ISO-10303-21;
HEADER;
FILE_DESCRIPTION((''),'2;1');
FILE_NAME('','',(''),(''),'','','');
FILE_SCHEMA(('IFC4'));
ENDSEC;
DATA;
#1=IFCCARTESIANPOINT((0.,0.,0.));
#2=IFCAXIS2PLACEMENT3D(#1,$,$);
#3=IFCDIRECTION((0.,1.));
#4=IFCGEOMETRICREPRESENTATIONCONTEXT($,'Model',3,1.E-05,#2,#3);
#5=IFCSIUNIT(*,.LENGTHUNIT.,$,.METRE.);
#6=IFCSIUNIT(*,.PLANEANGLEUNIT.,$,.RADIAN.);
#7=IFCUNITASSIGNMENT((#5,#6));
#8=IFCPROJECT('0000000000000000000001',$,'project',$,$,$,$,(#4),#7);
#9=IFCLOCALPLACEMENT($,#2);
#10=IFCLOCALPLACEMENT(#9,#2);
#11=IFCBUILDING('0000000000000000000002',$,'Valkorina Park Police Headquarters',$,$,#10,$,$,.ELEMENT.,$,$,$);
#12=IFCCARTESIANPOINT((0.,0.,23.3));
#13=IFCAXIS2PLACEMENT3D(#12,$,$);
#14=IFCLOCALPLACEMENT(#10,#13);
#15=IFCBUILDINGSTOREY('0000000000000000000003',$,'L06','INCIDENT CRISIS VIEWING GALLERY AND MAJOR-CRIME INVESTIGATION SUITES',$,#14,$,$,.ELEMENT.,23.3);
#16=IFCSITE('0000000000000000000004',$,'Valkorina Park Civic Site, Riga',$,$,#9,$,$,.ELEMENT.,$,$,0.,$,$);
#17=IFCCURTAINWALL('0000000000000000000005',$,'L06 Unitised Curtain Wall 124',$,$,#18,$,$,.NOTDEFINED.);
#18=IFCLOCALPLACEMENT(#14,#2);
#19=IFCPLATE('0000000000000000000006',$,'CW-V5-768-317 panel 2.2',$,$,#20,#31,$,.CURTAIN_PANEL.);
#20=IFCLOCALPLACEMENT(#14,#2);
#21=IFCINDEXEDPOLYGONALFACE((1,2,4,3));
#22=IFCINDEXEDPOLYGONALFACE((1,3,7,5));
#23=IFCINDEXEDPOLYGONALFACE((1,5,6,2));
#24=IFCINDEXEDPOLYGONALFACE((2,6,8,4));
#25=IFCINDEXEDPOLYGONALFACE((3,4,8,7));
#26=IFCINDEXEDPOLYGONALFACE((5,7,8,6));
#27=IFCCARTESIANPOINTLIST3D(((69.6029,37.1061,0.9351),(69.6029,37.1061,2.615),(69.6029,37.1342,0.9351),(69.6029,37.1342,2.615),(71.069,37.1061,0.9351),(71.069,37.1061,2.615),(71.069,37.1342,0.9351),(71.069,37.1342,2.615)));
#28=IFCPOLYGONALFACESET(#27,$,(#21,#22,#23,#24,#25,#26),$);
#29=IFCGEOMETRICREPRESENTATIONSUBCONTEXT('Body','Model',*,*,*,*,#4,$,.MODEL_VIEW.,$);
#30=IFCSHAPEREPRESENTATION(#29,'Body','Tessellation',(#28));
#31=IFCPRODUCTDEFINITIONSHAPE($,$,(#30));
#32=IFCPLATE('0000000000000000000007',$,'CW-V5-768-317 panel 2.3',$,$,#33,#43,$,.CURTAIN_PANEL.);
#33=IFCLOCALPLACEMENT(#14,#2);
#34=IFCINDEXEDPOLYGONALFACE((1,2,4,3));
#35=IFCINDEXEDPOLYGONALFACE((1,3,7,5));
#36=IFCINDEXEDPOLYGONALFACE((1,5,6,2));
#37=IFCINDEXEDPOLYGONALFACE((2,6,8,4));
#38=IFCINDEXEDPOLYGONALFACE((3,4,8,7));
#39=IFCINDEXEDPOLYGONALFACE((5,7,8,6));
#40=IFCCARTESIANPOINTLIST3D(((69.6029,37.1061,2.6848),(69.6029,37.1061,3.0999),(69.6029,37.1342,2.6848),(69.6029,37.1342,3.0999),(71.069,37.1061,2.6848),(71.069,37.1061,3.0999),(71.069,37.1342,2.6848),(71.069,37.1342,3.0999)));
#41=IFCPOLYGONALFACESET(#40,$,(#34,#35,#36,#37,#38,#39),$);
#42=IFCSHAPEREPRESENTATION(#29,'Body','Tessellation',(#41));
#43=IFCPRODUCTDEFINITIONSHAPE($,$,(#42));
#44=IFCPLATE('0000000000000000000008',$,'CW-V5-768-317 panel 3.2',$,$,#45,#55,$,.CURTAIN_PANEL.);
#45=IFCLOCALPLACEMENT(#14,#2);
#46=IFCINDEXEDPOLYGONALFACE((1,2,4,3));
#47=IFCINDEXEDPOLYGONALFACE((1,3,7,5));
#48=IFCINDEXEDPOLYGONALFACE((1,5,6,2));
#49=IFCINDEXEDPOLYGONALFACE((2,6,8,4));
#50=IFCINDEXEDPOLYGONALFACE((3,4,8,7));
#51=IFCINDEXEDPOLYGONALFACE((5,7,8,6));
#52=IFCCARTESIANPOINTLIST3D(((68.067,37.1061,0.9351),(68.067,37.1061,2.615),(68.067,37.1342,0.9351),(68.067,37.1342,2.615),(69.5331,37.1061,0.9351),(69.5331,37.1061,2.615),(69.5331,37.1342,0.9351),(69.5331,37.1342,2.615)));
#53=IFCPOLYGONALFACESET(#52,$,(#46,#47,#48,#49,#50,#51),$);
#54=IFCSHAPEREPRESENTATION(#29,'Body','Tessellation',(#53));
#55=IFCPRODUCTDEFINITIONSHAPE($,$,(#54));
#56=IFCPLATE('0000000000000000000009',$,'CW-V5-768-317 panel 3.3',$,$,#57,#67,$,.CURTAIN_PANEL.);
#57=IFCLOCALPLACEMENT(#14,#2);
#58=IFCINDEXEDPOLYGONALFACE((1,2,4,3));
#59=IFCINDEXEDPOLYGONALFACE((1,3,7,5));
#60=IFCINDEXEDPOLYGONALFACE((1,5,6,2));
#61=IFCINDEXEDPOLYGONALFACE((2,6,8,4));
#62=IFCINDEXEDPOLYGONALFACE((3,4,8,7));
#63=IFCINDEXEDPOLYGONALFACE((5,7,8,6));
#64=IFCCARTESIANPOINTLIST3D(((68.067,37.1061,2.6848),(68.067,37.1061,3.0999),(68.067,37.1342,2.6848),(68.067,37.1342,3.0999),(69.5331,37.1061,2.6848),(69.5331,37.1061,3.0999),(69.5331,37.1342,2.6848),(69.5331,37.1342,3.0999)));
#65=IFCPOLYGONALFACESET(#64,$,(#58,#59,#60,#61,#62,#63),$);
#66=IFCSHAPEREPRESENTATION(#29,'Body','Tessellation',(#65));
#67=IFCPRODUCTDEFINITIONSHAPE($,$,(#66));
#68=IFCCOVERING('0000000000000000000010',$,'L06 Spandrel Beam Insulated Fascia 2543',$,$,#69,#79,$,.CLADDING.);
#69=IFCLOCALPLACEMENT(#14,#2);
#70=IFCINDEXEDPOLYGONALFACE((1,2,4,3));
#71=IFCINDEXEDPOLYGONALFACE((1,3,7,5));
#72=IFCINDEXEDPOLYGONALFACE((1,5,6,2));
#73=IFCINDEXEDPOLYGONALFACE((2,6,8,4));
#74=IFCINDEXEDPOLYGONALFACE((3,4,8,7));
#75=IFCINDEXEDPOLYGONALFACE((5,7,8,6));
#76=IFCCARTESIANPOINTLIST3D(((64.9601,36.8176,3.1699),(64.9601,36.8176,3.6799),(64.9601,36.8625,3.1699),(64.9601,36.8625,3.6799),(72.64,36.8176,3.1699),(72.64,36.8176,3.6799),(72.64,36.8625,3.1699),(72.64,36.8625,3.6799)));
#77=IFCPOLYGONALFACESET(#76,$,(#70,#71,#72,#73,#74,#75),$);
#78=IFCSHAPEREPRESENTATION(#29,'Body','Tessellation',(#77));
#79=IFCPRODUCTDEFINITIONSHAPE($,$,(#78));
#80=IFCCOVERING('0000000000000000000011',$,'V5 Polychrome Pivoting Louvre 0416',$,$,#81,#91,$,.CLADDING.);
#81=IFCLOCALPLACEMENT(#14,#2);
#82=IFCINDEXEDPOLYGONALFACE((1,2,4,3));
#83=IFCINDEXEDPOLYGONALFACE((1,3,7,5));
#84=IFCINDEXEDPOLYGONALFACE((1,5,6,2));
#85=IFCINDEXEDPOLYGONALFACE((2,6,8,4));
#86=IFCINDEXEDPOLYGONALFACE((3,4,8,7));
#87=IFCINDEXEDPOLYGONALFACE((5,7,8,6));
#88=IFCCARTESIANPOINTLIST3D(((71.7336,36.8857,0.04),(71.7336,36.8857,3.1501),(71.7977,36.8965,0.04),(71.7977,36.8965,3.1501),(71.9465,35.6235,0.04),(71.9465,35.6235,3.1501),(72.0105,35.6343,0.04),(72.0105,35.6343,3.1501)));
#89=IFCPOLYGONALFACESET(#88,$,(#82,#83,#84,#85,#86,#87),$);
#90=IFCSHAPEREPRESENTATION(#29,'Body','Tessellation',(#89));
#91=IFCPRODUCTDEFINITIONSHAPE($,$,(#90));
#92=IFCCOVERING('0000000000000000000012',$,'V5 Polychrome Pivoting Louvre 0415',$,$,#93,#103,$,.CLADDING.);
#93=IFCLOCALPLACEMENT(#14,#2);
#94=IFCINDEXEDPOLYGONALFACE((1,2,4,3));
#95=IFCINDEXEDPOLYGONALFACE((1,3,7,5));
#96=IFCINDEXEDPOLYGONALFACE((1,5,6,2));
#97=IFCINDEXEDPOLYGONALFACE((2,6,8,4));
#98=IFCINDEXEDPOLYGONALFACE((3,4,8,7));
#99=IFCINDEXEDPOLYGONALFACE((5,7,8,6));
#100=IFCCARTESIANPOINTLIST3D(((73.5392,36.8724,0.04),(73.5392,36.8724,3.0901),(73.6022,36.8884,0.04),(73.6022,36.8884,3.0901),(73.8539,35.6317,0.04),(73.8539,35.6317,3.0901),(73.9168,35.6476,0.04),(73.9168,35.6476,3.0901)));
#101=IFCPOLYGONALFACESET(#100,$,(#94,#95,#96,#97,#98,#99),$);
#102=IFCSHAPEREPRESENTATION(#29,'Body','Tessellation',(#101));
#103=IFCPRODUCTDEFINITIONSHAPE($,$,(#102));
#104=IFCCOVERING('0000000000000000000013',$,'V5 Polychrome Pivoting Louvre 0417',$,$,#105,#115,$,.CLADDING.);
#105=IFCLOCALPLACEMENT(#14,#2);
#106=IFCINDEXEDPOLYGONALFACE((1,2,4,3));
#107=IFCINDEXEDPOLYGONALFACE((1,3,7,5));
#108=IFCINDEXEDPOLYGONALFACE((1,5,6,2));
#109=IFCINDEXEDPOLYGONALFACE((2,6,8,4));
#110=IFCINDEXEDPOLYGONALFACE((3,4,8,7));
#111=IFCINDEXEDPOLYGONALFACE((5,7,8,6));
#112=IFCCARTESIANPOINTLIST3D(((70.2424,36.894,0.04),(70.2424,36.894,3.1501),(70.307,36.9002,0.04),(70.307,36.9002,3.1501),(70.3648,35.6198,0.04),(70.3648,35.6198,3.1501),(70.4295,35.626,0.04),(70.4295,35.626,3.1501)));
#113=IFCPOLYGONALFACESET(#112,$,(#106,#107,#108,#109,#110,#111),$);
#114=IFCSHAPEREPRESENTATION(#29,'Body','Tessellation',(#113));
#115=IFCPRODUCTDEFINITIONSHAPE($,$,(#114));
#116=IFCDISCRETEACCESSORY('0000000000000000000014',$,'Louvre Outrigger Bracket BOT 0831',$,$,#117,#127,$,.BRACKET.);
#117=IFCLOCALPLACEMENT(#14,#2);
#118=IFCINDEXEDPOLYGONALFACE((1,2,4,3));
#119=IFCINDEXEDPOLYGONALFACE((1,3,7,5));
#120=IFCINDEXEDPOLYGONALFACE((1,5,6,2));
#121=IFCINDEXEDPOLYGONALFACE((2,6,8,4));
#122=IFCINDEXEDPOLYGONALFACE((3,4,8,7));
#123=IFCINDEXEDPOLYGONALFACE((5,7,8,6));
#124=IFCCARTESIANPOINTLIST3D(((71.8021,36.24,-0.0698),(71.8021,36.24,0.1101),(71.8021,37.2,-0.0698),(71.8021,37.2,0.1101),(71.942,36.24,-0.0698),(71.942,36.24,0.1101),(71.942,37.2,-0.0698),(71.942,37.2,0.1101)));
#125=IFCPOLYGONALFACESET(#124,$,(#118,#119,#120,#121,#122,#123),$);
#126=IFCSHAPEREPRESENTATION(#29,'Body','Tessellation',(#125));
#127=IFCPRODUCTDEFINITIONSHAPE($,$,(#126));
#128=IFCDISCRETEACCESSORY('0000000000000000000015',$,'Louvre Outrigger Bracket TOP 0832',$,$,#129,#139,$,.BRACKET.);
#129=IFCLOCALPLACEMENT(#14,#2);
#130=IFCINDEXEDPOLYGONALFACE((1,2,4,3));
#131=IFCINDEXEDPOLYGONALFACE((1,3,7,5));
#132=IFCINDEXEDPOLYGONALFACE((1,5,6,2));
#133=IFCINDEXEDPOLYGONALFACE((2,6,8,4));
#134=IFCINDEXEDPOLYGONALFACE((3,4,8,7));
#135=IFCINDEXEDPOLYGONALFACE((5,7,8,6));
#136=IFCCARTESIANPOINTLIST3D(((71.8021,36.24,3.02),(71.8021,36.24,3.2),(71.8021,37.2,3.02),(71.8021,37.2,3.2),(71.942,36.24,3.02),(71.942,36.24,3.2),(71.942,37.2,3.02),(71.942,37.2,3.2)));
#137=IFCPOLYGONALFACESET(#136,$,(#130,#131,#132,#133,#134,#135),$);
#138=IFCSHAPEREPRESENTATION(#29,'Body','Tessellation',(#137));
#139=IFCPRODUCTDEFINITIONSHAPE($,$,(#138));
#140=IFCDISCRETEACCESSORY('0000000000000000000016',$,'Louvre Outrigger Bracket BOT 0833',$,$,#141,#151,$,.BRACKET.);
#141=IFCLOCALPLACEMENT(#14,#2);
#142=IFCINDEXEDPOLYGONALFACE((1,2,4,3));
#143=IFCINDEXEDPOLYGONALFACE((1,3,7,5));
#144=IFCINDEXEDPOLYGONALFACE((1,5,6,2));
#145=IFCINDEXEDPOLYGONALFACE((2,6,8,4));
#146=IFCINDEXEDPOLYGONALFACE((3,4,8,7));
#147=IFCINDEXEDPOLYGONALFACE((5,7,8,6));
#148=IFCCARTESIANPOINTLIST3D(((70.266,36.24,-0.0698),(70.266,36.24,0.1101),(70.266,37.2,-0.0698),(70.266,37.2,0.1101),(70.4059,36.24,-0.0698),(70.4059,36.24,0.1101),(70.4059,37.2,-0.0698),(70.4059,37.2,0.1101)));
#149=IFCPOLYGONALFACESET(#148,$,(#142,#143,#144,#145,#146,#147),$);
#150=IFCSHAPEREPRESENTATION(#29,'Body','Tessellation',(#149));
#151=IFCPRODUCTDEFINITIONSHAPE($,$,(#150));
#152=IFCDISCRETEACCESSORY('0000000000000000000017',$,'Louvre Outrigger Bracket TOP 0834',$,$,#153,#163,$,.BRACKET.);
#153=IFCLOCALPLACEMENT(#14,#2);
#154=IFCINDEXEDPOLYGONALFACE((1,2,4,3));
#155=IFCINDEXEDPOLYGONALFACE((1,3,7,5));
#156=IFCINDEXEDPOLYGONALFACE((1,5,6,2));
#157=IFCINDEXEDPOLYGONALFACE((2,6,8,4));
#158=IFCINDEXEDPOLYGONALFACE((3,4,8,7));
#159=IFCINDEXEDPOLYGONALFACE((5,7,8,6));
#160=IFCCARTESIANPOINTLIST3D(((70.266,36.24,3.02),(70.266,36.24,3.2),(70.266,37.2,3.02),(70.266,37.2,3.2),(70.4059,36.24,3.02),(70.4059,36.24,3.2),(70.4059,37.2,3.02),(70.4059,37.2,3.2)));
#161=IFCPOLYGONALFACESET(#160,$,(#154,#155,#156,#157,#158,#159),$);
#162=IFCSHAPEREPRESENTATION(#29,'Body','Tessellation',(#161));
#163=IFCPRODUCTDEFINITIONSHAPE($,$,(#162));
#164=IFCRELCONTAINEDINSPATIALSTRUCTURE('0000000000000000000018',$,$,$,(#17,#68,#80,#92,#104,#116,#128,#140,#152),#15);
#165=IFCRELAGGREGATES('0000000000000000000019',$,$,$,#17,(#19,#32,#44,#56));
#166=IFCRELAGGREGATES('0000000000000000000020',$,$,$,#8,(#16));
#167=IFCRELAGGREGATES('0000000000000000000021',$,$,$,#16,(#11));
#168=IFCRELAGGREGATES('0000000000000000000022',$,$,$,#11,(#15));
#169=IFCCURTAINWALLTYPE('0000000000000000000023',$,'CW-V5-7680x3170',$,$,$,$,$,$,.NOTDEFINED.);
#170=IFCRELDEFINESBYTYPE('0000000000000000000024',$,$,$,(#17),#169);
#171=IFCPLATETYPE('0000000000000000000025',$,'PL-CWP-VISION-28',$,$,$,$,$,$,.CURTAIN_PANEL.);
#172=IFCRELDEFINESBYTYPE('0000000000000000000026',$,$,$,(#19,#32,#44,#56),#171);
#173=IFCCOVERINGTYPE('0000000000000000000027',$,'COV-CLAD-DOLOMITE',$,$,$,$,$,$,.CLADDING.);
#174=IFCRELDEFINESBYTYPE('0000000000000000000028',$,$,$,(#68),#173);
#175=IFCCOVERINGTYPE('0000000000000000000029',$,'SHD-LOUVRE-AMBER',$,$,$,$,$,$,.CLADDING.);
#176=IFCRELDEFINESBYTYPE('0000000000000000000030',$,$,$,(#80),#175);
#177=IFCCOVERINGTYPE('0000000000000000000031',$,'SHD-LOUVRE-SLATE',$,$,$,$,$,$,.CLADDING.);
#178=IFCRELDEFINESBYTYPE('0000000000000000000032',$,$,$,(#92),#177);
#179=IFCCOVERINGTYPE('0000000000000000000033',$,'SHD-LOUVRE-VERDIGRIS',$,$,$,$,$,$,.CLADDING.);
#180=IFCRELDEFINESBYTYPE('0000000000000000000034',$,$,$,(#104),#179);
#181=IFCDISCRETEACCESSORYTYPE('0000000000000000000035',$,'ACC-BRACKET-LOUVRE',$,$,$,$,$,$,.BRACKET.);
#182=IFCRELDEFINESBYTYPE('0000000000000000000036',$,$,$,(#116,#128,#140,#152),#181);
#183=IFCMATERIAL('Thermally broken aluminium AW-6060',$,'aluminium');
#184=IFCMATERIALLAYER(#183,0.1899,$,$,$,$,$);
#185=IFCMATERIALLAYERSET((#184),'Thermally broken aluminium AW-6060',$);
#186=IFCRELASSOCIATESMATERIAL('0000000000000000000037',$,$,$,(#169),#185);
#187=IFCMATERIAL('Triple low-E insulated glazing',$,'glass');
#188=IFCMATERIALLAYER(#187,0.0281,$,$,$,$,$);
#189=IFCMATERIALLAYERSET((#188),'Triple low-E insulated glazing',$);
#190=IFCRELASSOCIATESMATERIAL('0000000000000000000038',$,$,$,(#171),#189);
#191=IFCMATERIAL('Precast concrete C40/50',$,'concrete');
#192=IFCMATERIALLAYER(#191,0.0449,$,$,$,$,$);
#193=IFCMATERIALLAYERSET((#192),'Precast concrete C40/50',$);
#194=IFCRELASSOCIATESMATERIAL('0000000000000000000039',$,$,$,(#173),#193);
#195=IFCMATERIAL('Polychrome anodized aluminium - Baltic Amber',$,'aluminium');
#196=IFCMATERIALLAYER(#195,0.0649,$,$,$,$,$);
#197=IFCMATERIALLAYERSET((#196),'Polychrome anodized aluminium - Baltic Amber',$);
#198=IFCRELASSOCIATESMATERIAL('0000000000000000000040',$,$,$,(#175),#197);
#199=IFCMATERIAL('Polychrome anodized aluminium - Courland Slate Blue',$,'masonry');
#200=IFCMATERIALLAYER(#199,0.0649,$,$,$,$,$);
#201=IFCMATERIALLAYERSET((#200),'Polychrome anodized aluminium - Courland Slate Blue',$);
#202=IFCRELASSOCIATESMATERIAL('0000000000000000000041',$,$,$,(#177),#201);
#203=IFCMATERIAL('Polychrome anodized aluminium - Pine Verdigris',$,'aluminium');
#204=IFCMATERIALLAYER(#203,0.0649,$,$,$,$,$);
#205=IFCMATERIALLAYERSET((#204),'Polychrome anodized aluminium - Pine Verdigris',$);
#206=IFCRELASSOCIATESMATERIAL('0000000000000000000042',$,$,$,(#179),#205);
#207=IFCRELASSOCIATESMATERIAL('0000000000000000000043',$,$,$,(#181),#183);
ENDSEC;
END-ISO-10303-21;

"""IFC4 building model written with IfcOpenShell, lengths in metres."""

from ifc_helpers import new_model, si_unit, direction, frame, frame_2d, origin, origin_2d, place, context, subcontext, project, spatial, rectangle, extrude, material, layer, layer_set, type_object, element, aggregate, save


model = new_model("IFC4")

# Units and contexts
model_context = context("Model", 3, precision=1e-05, world=origin(), true_north=direction((0.0, 1.0)))
body_context = subcontext(model_context, "Body", "Model", "MODEL_VIEW")
ifc_project = project(units=[si_unit("LENGTHUNIT", "METRE"), si_unit("PLANEANGLEUNIT", "RADIAN")], contexts=[model_context])

# Site, building, storey
site_placement = place(None, origin())
site = spatial("IfcSite", under=ifc_project, at=site_placement, Name="Valkorina Park Civic Site, Riga", CompositionType="ELEMENT", RefElevation=0.0)
building_placement = place(site_placement, origin())
building = spatial("IfcBuilding", under=site, at=building_placement, Name="Valkorina Park Police Headquarters", CompositionType="ELEMENT")
storey_placement = place(building_placement, frame((0.0, 0.0, 23.3)))
storey = spatial("IfcBuildingStorey", under=building, at=storey_placement, Name="L06", Description="INCIDENT CRISIS VIEWING GALLERY AND MAJOR-CRIME INVESTIGATION SUITES", CompositionType="ELEMENT", Elevation=23.3)

# Shared definitions
ifc_material_1 = material(Name="Thermally broken aluminium AW-6060", Category="aluminium")

# Curtain wall, plates
ifc_layer_1 = layer(ifc_material_1, 0.1899)
ifc_layer_set_1 = layer_set([ifc_layer_1], Name="Thermally broken aluminium AW-6060")
curtain_wall_type_1 = type_object("IfcCurtainWallType", Name="CW-V5-7680x3170", PredefinedType="NOTDEFINED", material=ifc_layer_set_1)
curtain_wall_1_placement = place(storey_placement, origin())
curtain_wall_1 = element("IfcCurtainWall", 1, at=curtain_wall_1_placement, inside=storey, type_object=curtain_wall_type_1, Name="L06 Unitised Curtain Wall 124", PredefinedType="NOTDEFINED")
ifc_material_2 = material(Name="Triple low-E insulated glazing", Category="glass")
ifc_layer_2 = layer(ifc_material_2, 0.0281)
ifc_layer_set_2 = layer_set([ifc_layer_2], Name="Triple low-E insulated glazing")
plate_type_1 = type_object("IfcPlateType", Name="PL-CWP-VISION-28", PredefinedType="CURTAIN_PANEL", material=ifc_layer_set_2)
plate_1_placement = place(storey_placement, frame((70.3359, 37.1201, 0.9351), z_axis=(0.0, 0.0, 1.0), x_axis=(-1.0, 0.0, 0.0)))
plate_1 = element("IfcPlate", 2, at=plate_1_placement, type_object=plate_type_1, Name="CW-V5-768-317 panel 2.2", PredefinedType="CURTAIN_PANEL", context=body_context, shape_type="SweptSolid", body=[
    extrude(rectangle(XDim=1.4661, YDim=0.0281, at=origin_2d()), origin(), (0.0, 0.0, 1.0), 1.6799),
])
plate_2_placement = place(storey_placement, frame((70.3359, 37.1201, 2.6848), z_axis=(0.0, 0.0, 1.0), x_axis=(-1.0, 0.0, 0.0)))
plate_2 = element("IfcPlate", 3, at=plate_2_placement, type_object=plate_type_1, Name="CW-V5-768-317 panel 2.3", PredefinedType="CURTAIN_PANEL", context=body_context, shape_type="SweptSolid", body=[
    extrude(rectangle(XDim=1.4661, YDim=0.0281, at=origin_2d()), origin(), (0.0, 0.0, 1.0), 0.415),
])
plate_3_placement = place(storey_placement, frame((68.8, 37.1201, 0.9351), z_axis=(0.0, 0.0, 1.0), x_axis=(-1.0, 0.0, 0.0)))
plate_3 = element("IfcPlate", 4, at=plate_3_placement, type_object=plate_type_1, Name="CW-V5-768-317 panel 3.2", PredefinedType="CURTAIN_PANEL", context=body_context, shape_type="SweptSolid", body=[
    extrude(rectangle(XDim=1.4661, YDim=0.0281, at=origin_2d()), origin(), (0.0, 0.0, 1.0), 1.6799),
])
plate_4_placement = place(storey_placement, frame((68.8, 37.1201, 2.6848), z_axis=(0.0, 0.0, 1.0), x_axis=(-1.0, 0.0, 0.0)))
plate_4 = element("IfcPlate", 5, at=plate_4_placement, type_object=plate_type_1, Name="CW-V5-768-317 panel 3.3", PredefinedType="CURTAIN_PANEL", context=body_context, shape_type="SweptSolid", body=[
    extrude(rectangle(XDim=1.4661, YDim=0.0281, at=origin_2d()), origin(), (0.0, 0.0, 1.0), 0.415),
])
aggregate(curtain_wall_1, [plate_1, plate_2, plate_3, plate_4])

# Coverings
ifc_material_3 = material(Name="Precast concrete C40/50", Category="concrete")
ifc_layer_3 = layer(ifc_material_3, 0.0449)
ifc_layer_set_3 = layer_set([ifc_layer_3], Name="Precast concrete C40/50")
covering_type_1 = type_object("IfcCoveringType", Name="COV-CLAD-DOLOMITE", PredefinedType="CLADDING", material=ifc_layer_set_3)
covering_1_placement = place(storey_placement, frame((72.6399, 36.8401, 3.1699), z_axis=(0.0, 0.0, 1.0), x_axis=(-1.0, 0.0, 0.0)))
element("IfcCovering", 6, at=covering_1_placement, inside=storey, type_object=covering_type_1, Name="L06 Spandrel Beam Insulated Fascia 2543", PredefinedType="CLADDING", context=body_context, shape_type="SweptSolid", body=[
    extrude(rectangle(XDim=7.6799, YDim=0.0449, at=frame_2d((3.8398, 0.0))), origin(), (0.0, 0.0, 1.0), 0.51),
])
ifc_material_4 = material(Name="Polychrome anodized aluminium - Baltic Amber", Category="aluminium")
ifc_layer_4 = layer(ifc_material_4, 0.0649)
ifc_layer_set_4 = layer_set([ifc_layer_4], Name="Polychrome anodized aluminium - Baltic Amber")
covering_type_2 = type_object("IfcCoveringType", Name="SHD-LOUVRE-AMBER", PredefinedType="CLADDING", material=ifc_layer_set_4)
covering_2_placement = place(storey_placement, frame((71.8721, 36.26, 0.04), z_axis=(0.0, 0.0, 1.0), x_axis=(0.166252, -0.986083, 0.0)))
element("IfcCovering", 7, at=covering_2_placement, inside=storey, type_object=covering_type_2, Name="V5 Polychrome Pivoting Louvre 0416", PredefinedType="CLADDING", context=body_context, shape_type="SweptSolid", body=[
    extrude(rectangle(XDim=1.28, YDim=0.0649, at=origin_2d()), origin(), (0.0, 0.0, 1.0), 3.1101),
])
ifc_material_5 = material(Name="Polychrome anodized aluminium - Courland Slate Blue", Category="masonry")
ifc_layer_5 = layer(ifc_material_5, 0.0649)
ifc_layer_set_5 = layer_set([ifc_layer_5], Name="Polychrome anodized aluminium - Courland Slate Blue")
covering_type_3 = type_object("IfcCoveringType", Name="SHD-LOUVRE-SLATE", PredefinedType="CLADDING", material=ifc_layer_set_5)
covering_3_placement = place(storey_placement, frame((73.728, 36.26, 0.04), z_axis=(0.0, 0.0, 1.0), x_axis=(0.245815, -0.969317, 0.0)))
element("IfcCovering", 8, at=covering_3_placement, inside=storey, type_object=covering_type_3, Name="V5 Polychrome Pivoting Louvre 0415", PredefinedType="CLADDING", context=body_context, shape_type="SweptSolid", body=[
    extrude(rectangle(XDim=1.28, YDim=0.0649, at=origin_2d()), origin(), (0.0, 0.0, 1.0), 3.05),
])
ifc_material_6 = material(Name="Polychrome anodized aluminium - Pine Verdigris", Category="aluminium")
ifc_layer_6 = layer(ifc_material_6, 0.0649)
ifc_layer_set_6 = layer_set([ifc_layer_6], Name="Polychrome anodized aluminium - Pine Verdigris")
covering_type_4 = type_object("IfcCoveringType", Name="SHD-LOUVRE-VERDIGRIS", PredefinedType="CLADDING", material=ifc_layer_set_6)
covering_4_placement = place(storey_placement, frame((70.3359, 36.26, 0.04), z_axis=(0.0, 0.0, 1.0), x_axis=(0.095672, -0.995413, 0.0)))
element("IfcCovering", 9, at=covering_4_placement, inside=storey, type_object=covering_type_4, Name="V5 Polychrome Pivoting Louvre 0417", PredefinedType="CLADDING", context=body_context, shape_type="SweptSolid", body=[
    extrude(rectangle(XDim=1.28, YDim=0.0649, at=origin_2d()), origin(), (0.0, 0.0, 1.0), 3.1101),
])

# Discrete accessories
discrete_accessory_type = type_object("IfcDiscreteAccessoryType", Name="ACC-BRACKET-LOUVRE", PredefinedType="BRACKET", material=ifc_material_1)
for number, where, z_axis, x_axis, name in (
    (10, (71.8721, 36.72, -0.0698), (0.0, 0.0, 1.0), (0.0, -1.0, 0.0), "Louvre Outrigger Bracket BOT 0831"),
    (11, (71.8721, 36.72, 3.02), (0.0, 0.0, 1.0), (0.0, -1.0, 0.0), "Louvre Outrigger Bracket TOP 0832"),
    (12, (70.3359, 36.72, -0.0698), (0.0, 0.0, 1.0), (0.0, -1.0, 0.0), "Louvre Outrigger Bracket BOT 0833"),
    (13, (70.3359, 36.72, 3.02), (0.0, 0.0, 1.0), (0.0, -1.0, 0.0), "Louvre Outrigger Bracket TOP 0834"),
):
    element("IfcDiscreteAccessory", number, at=place(storey_placement, frame(where, z_axis=z_axis, x_axis=x_axis)), inside=storey, type_object=discrete_accessory_type, Name=name, PredefinedType="BRACKET", context=body_context, shape_type="SweptSolid", body=[
        extrude(rectangle(XDim=0.96, YDim=0.1399, at=origin_2d()), origin(), (0.0, 0.0, 1.0), 0.1799),
    ])

save(model, "model.ifc")
